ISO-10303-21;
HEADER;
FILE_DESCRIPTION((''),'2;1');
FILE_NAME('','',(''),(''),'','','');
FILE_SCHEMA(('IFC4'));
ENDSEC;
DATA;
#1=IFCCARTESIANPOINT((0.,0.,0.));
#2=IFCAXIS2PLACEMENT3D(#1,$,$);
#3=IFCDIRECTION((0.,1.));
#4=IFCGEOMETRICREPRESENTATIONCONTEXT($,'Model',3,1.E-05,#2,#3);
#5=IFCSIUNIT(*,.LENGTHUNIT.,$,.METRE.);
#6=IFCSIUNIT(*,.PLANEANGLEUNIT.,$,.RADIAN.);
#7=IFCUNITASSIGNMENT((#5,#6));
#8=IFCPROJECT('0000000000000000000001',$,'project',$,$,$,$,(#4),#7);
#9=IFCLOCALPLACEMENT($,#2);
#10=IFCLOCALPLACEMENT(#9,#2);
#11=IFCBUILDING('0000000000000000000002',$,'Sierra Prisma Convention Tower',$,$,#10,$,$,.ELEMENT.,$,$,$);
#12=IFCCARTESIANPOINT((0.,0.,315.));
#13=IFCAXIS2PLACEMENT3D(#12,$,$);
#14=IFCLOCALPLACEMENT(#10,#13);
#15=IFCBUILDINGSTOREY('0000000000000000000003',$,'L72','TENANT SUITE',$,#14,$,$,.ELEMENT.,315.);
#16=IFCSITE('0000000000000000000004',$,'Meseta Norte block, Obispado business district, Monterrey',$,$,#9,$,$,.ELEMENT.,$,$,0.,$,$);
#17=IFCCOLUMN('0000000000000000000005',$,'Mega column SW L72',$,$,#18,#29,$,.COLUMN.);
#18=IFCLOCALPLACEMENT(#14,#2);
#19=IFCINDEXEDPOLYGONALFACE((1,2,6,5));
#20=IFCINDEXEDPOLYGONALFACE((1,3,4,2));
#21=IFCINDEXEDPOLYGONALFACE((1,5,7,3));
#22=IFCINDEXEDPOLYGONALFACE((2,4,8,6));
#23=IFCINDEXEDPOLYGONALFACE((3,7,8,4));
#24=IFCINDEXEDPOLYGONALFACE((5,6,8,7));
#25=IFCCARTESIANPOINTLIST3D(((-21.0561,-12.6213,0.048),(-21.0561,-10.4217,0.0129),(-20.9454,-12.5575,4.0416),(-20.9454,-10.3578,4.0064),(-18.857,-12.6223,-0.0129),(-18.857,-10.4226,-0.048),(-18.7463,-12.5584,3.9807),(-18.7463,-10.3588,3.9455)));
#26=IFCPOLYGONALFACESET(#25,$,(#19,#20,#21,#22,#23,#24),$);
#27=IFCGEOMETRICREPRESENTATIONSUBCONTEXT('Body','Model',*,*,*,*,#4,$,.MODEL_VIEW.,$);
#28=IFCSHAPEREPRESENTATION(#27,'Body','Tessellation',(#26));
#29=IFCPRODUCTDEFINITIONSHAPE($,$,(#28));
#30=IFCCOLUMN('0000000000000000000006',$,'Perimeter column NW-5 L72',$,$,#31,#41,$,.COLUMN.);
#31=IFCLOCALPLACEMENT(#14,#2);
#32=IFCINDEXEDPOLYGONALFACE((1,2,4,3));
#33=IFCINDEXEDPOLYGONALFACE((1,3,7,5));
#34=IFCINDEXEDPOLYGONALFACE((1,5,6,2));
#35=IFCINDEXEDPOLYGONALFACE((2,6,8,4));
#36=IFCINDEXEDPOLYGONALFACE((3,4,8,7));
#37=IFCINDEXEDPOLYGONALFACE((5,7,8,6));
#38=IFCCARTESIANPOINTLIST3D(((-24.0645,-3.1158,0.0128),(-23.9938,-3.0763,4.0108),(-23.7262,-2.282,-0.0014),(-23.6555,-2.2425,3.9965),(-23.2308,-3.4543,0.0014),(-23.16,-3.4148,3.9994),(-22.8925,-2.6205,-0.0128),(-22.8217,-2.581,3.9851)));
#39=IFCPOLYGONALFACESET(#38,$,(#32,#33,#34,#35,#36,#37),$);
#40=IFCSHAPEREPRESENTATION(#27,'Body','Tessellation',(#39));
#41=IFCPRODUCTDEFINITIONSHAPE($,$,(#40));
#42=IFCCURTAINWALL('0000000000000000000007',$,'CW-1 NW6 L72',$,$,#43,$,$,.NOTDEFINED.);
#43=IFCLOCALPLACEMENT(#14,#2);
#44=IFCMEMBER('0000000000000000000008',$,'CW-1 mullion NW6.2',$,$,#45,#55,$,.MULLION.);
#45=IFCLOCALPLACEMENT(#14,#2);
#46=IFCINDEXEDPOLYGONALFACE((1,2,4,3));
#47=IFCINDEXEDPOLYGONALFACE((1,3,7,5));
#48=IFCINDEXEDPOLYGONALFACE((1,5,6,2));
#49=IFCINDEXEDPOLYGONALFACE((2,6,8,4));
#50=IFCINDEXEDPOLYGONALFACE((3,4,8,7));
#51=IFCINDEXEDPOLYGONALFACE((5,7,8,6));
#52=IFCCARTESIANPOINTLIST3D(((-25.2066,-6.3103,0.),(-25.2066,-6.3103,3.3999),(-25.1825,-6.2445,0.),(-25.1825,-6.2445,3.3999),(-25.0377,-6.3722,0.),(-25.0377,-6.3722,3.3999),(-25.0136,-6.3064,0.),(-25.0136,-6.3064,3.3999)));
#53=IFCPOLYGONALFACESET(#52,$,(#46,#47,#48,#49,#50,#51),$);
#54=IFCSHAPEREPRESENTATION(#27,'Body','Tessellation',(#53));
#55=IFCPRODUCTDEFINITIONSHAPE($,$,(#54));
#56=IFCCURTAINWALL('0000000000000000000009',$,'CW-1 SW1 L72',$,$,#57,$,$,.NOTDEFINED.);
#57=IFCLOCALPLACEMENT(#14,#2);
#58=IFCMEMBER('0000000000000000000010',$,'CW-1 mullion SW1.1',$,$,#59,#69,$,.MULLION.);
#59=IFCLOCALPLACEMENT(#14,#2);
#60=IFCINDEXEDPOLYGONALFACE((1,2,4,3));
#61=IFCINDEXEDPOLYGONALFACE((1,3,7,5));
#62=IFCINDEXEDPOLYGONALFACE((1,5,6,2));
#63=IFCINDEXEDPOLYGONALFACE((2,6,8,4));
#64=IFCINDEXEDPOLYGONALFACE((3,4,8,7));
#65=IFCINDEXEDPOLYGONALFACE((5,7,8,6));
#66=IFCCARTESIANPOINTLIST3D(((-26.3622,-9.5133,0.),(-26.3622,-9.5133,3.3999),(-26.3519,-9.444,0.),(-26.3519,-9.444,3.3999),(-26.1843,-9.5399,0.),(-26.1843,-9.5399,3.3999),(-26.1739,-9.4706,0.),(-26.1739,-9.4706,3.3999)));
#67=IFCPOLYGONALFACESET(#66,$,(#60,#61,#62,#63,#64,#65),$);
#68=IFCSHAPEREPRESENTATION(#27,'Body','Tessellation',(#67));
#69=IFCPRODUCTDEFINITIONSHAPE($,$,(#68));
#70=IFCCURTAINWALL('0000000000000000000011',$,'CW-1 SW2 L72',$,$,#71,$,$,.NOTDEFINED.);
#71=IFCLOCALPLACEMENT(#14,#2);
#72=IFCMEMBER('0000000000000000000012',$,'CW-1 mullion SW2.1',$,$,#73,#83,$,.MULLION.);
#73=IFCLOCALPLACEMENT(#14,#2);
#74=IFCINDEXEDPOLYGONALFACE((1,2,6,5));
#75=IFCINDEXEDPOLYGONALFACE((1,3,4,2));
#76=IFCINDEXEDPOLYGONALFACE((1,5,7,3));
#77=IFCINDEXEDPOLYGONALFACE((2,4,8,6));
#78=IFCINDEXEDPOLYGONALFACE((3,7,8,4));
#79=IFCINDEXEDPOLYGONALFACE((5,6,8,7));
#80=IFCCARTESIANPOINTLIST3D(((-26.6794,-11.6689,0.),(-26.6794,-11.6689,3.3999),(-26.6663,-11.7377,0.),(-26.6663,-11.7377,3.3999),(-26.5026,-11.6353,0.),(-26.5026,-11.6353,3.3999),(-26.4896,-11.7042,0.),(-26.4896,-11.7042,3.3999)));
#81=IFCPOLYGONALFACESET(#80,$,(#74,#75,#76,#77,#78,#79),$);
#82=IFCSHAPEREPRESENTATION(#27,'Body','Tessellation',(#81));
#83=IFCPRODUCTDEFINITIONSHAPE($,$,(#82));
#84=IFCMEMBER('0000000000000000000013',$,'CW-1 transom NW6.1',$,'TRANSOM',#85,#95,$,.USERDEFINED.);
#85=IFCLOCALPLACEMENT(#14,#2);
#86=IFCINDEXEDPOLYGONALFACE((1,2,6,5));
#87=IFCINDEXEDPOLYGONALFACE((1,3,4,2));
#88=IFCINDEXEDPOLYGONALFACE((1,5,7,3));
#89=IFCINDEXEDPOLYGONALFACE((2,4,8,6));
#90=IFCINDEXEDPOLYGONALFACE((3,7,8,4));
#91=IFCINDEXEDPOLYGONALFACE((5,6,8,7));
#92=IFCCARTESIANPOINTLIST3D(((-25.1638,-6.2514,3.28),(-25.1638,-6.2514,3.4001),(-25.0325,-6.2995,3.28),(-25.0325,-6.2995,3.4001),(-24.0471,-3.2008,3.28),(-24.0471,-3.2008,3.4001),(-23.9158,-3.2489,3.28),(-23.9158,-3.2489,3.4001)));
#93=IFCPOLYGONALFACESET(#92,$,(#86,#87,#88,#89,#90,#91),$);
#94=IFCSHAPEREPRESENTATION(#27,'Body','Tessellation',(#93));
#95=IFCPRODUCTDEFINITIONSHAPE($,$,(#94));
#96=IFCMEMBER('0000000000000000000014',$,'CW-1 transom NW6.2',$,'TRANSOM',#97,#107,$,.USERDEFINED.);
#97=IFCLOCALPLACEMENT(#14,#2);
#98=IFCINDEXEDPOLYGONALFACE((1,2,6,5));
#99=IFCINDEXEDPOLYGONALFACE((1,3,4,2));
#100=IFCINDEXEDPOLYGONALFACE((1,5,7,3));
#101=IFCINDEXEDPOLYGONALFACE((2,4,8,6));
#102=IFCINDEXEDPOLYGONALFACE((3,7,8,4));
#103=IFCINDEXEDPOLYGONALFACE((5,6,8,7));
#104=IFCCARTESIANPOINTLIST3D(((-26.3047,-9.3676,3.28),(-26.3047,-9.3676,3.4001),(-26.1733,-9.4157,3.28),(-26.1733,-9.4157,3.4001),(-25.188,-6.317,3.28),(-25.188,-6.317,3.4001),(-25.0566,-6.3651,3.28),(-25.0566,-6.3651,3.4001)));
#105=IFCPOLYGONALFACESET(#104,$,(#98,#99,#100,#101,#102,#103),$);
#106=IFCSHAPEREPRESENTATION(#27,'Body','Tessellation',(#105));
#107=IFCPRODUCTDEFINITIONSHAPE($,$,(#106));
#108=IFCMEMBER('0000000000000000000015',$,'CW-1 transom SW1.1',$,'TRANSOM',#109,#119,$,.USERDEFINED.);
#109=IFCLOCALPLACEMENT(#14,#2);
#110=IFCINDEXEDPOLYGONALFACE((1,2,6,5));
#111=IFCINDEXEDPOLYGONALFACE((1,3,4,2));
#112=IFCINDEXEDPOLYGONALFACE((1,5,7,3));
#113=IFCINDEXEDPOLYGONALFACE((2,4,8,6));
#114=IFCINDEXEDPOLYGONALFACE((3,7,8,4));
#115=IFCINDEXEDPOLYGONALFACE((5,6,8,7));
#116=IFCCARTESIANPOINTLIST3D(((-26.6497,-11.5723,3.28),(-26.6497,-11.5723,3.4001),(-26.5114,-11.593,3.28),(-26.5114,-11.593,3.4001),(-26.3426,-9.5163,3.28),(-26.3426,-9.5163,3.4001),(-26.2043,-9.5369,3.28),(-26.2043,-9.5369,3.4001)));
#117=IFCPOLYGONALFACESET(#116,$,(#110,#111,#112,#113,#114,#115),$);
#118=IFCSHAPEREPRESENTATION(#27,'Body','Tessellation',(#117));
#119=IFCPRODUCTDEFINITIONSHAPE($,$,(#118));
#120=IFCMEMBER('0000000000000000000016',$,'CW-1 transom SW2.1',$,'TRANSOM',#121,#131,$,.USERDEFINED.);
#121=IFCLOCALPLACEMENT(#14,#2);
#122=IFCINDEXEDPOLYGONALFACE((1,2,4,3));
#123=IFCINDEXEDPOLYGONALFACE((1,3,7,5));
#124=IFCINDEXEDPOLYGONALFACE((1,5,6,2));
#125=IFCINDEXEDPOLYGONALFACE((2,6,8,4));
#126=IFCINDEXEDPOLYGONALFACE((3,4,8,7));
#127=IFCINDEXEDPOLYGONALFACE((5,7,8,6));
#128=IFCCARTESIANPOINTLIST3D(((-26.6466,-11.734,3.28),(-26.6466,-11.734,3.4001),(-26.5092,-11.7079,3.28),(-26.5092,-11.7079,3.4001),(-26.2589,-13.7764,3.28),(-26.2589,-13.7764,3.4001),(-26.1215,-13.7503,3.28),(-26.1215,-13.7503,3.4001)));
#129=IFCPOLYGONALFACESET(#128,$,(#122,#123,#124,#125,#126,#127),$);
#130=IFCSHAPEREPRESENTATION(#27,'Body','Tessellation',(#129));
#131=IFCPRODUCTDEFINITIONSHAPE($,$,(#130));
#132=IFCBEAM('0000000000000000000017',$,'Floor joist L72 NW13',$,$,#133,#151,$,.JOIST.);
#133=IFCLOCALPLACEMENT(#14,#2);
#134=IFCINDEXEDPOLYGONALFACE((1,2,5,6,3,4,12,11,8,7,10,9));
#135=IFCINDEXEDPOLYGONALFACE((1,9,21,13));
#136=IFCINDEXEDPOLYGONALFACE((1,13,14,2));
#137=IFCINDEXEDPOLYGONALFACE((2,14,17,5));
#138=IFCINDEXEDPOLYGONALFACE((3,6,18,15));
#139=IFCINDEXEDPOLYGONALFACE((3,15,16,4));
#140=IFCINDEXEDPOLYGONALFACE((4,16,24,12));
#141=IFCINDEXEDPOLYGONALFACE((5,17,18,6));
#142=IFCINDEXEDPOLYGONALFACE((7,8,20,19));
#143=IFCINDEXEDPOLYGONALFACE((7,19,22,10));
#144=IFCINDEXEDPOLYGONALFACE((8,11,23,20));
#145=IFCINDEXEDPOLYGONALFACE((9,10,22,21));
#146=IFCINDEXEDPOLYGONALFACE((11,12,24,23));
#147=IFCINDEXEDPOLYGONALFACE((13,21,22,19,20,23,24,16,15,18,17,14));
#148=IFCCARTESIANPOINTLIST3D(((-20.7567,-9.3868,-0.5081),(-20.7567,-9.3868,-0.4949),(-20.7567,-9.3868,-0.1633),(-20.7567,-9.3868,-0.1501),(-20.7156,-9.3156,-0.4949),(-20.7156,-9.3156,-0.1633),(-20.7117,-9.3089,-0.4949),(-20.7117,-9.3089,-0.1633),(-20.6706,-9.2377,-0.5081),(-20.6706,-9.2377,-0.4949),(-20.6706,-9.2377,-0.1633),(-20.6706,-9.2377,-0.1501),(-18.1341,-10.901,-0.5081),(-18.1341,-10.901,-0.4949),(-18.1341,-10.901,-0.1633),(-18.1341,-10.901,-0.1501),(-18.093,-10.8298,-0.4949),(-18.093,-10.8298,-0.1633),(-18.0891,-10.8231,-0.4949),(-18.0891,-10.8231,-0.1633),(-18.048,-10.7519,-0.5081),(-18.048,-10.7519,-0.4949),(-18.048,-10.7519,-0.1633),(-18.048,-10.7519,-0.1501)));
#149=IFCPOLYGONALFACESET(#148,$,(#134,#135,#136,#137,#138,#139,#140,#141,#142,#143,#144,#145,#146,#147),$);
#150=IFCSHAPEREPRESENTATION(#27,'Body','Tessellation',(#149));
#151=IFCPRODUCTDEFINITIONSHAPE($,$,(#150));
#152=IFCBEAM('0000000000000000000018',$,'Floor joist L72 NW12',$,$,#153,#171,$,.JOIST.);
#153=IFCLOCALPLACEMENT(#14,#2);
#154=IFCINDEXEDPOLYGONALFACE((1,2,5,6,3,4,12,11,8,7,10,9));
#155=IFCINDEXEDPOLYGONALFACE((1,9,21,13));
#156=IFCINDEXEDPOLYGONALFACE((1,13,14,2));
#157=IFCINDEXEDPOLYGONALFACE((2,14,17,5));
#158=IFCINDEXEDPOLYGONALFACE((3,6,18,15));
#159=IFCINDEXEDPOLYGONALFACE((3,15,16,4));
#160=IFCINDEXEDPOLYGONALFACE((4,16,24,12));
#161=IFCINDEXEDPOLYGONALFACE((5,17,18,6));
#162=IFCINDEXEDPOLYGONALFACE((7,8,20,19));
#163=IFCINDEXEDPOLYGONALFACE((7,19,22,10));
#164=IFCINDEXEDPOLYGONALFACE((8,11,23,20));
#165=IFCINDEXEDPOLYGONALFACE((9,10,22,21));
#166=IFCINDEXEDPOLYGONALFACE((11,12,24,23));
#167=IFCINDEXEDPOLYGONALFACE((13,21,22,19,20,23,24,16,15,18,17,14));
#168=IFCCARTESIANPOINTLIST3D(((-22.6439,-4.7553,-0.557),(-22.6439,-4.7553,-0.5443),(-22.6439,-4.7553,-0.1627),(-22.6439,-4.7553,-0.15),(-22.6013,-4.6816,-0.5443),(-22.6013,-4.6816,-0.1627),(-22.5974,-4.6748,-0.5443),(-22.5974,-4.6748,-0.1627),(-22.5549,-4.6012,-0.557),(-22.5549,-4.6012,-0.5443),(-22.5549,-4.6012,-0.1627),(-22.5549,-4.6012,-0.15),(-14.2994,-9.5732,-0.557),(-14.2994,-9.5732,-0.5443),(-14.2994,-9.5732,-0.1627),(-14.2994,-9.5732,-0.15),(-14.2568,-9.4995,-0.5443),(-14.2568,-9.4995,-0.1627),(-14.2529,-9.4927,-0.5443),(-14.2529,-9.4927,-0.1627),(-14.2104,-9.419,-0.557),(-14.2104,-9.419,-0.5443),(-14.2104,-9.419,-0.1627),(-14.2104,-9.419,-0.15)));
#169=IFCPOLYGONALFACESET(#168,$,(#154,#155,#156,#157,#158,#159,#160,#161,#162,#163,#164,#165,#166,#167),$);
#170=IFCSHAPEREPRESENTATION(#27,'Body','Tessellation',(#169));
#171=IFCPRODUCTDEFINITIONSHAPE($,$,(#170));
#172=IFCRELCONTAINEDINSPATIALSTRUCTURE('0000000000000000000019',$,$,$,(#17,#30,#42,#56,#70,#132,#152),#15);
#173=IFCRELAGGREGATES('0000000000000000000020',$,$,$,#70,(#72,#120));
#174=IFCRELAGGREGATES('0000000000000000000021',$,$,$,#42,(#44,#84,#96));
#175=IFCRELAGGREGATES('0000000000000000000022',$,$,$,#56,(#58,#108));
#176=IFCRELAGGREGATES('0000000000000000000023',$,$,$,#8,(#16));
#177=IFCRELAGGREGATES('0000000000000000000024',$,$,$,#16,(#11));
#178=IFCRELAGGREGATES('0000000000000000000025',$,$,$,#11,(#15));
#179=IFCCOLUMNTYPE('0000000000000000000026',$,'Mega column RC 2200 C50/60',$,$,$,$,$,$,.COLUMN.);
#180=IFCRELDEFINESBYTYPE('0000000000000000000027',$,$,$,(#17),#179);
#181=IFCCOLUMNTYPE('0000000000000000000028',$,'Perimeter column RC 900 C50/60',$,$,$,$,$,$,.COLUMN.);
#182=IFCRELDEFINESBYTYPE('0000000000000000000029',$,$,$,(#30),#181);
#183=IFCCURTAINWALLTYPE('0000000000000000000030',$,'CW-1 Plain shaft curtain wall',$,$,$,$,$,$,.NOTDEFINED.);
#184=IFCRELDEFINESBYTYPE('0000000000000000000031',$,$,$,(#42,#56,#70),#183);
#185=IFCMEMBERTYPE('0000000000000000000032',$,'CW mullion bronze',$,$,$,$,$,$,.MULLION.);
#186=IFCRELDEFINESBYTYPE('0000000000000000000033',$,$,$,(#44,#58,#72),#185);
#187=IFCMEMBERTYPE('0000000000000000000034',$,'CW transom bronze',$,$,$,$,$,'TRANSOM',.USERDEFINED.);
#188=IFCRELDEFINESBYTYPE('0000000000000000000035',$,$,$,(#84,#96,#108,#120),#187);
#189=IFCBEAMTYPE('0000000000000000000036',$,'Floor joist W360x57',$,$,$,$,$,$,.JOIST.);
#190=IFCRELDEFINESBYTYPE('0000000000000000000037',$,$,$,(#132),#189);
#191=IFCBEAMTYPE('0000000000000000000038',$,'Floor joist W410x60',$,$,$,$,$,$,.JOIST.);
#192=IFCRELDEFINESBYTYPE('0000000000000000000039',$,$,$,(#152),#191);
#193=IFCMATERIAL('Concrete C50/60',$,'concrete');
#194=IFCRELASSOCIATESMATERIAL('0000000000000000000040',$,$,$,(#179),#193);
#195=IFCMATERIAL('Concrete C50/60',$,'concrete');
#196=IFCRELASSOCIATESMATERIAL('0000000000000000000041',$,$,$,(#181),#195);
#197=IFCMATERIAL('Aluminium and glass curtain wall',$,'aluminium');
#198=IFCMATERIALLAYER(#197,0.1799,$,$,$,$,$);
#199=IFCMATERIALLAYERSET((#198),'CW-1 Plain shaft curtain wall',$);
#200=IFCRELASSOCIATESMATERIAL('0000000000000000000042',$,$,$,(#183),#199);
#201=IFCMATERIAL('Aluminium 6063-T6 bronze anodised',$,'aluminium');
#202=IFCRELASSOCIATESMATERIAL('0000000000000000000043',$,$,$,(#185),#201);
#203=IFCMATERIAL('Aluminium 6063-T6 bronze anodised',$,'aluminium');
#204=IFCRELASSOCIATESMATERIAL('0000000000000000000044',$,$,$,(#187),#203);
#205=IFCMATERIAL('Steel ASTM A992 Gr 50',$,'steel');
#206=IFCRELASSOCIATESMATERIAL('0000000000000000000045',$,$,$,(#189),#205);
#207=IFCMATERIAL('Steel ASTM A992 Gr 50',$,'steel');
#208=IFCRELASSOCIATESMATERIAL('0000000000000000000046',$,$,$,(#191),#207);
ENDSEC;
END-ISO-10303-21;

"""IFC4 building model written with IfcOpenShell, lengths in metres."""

from ifc_helpers import new_model, si_unit, direction, frame, origin, origin_2d, place, context, subcontext, project, spatial, rectangle, i_section, extrude, clip, halfspace, material, layer, layer_set, material_profile, profile_set, type_object, element, aggregate, save


model = new_model("IFC4")

# Units and contexts
model_context = context("Model", 3, precision=1e-05, world=origin(), true_north=direction((0.0, 1.0)))
body_context = subcontext(model_context, "Body", "Model", "MODEL_VIEW")
ifc_project = project(units=[si_unit("LENGTHUNIT", "METRE"), si_unit("PLANEANGLEUNIT", "RADIAN")], contexts=[model_context])

# Site, building, storey
site_placement = place(None, origin())
site = spatial("IfcSite", under=ifc_project, at=site_placement, Name="Meseta Norte block, Obispado business district, Monterrey", CompositionType="ELEMENT", RefElevation=0.0)
building_placement = place(site_placement, origin())
building = spatial("IfcBuilding", under=site, at=building_placement, Name="Sierra Prisma Convention Tower", CompositionType="ELEMENT")
storey_placement = place(building_placement, frame((0.0, 0.0, 315.0)))
storey = spatial("IfcBuildingStorey", under=building, at=storey_placement, Name="L72", Description="TENANT SUITE", CompositionType="ELEMENT", Elevation=315.0)

# Columns
ifc_material_1 = material(Name="Concrete C50/60", Category="concrete")
ifc_material_profile_1 = material_profile(ifc_material_1, rectangle(XDim=2.2, YDim=2.2, at=origin_2d()), Name="Mega column RC 2200 C50/60")
ifc_profile_set_1 = profile_set([ifc_material_profile_1], Name="Concrete C50/60")
column_type_1 = type_object("IfcColumnType", Name="Mega column RC 2200 C50/60", PredefinedType="COLUMN", material=ifc_profile_set_1)
column_1_placement = place(storey_placement, frame((-19.9565, -11.522, 0.0), z_axis=(0.027696, 0.015983, 0.999489), x_axis=(0.999616, -0.000443, -0.027692)))
element("IfcColumn", 1, at=column_1_placement, inside=storey, type_object=column_type_1, Name="Mega column SW L72", PredefinedType="COLUMN", context=body_context, shape_type="SweptSolid", body=[
    clip(extrude(rectangle(XDim=2.2, YDim=2.2, at=origin_2d()), origin(), (0.0, 0.0, 1.0), 4.002), halfspace(frame((0.0, 0.0, 3.9956)), False)),
])
ifc_material_2 = material(Name="Concrete C50/60", Category="concrete")
ifc_material_profile_2 = material_profile(ifc_material_2, rectangle(XDim=0.8999, YDim=0.8999, at=origin_2d()), Name="Perimeter column RC 900 C50/60")
ifc_profile_set_2 = profile_set([ifc_material_profile_2], Name="Concrete C50/60")
column_type_2 = type_object("IfcColumnType", Name="Perimeter column RC 900 C50/60", PredefinedType="COLUMN", material=ifc_profile_set_2)
column_2_placement = place(storey_placement, frame((-23.4785, -2.8682, 0.0), z_axis=(0.017697, 0.009886, 0.999795), x_axis=(0.375915, 0.926519, -0.015815)))
element("IfcColumn", 2, at=column_2_placement, inside=storey, type_object=column_type_2, Name="Perimeter column NW-5 L72", PredefinedType="COLUMN", context=body_context, shape_type="SweptSolid", body=[
    clip(extrude(rectangle(XDim=0.8999, YDim=0.8999, at=origin_2d()), origin(), (0.0, 0.0, 1.0), 4.0007), halfspace(frame((0.0, 0.0, 3.9988)), False)),
])

# Curtain walls, members
ifc_material_3 = material(Name="Aluminium and glass curtain wall", Category="aluminium")
ifc_layer_1 = layer(ifc_material_3, 0.1799)
ifc_layer_set_1 = layer_set([ifc_layer_1], Name="CW-1 Plain shaft curtain wall")
curtain_wall_type = type_object("IfcCurtainWallType", Name="CW-1 Plain shaft curtain wall", PredefinedType="NOTDEFINED", material=ifc_layer_set_1)
curtain_wall_1_placement = place(storey_placement, origin())
curtain_wall_1 = element("IfcCurtainWall", 3, at=curtain_wall_1_placement, inside=storey, type_object=curtain_wall_type, Name="CW-1 NW6 L72", PredefinedType="NOTDEFINED")
ifc_material_4 = material(Name="Aluminium 6063-T6 bronze anodised", Category="aluminium")
ifc_material_profile_3 = material_profile(ifc_material_4, rectangle(XDim=0.1799, YDim=0.0701, at=origin_2d()), Name="ALU MULLION 70x180")
ifc_profile_set_3 = profile_set([ifc_material_profile_3], Name="Aluminium 6063-T6 bronze anodised")
member_type_1 = type_object("IfcMemberType", Name="CW mullion bronze", PredefinedType="MULLION", material=ifc_profile_set_3)
member_1_placement = place(storey_placement, frame((-25.1101, -6.3083, 0.0), z_axis=(0.0, 0.0, 1.0), x_axis=(0.93906, -0.343753, 0.0)))
member_1 = element("IfcMember", 4, at=member_1_placement, type_object=member_type_1, Name="CW-1 mullion NW6.2", PredefinedType="MULLION", context=body_context, shape_type="SweptSolid", body=[
    extrude(rectangle(XDim=0.1799, YDim=0.0701, at=origin_2d()), origin(), (0.0, 0.0, 1.0), 3.3999),
])
curtain_wall_2_placement = place(storey_placement, origin())
curtain_wall_2 = element("IfcCurtainWall", 5, at=curtain_wall_2_placement, inside=storey, type_object=curtain_wall_type, Name="CW-1 SW1 L72", PredefinedType="NOTDEFINED")
member_2_placement = place(storey_placement, frame((-26.2681, -9.4919, 0.0), z_axis=(0.0, 0.0, 1.0), x_axis=(0.989012, -0.147834, 0.0)))
member_2 = element("IfcMember", 6, at=member_2_placement, type_object=member_type_1, Name="CW-1 mullion SW1.1", PredefinedType="MULLION", context=body_context, shape_type="SweptSolid", body=[
    extrude(rectangle(XDim=0.1799, YDim=0.0701, at=origin_2d()), origin(), (0.0, 0.0, 1.0), 3.3999),
])
curtain_wall_3_placement = place(storey_placement, origin())
curtain_wall_3 = element("IfcCurtainWall", 7, at=curtain_wall_3_placement, inside=storey, type_object=curtain_wall_type, Name="CW-1 SW2 L72", PredefinedType="NOTDEFINED")
member_3_placement = place(storey_placement, frame((-26.5845, -11.6865, 0.0), z_axis=(0.0, 0.0, 1.0), x_axis=(0.982453, 0.186512, 0.0)))
member_3 = element("IfcMember", 8, at=member_3_placement, type_object=member_type_1, Name="CW-1 mullion SW2.1", PredefinedType="MULLION", context=body_context, shape_type="SweptSolid", body=[
    extrude(rectangle(XDim=0.1799, YDim=0.0701, at=origin_2d()), origin(), (0.0, 0.0, 1.0), 3.3999),
])

# Members
ifc_material_5 = material(Name="Aluminium 6063-T6 bronze anodised", Category="aluminium")
ifc_material_profile_4 = material_profile(ifc_material_5, rectangle(XDim=0.1399, YDim=0.1201, at=origin_2d()), Name="ALU TRANSOM 120x140")
ifc_profile_set_4 = profile_set([ifc_material_profile_4], Name="Aluminium 6063-T6 bronze anodised")
member_type_2 = type_object("IfcMemberType", Name="CW transom bronze", ElementType="TRANSOM", PredefinedType="USERDEFINED", material=ifc_profile_set_4)
member_4_placement = place(storey_placement, frame((-23.9814, -3.2249, 3.3401), z_axis=(-0.343758, -0.939058, 0.0), x_axis=(0.939058, -0.343758, 0.0)))
member_4 = element("IfcMember", 9, at=member_4_placement, type_object=member_type_2, Name="CW-1 transom NW6.1", ObjectType="TRANSOM", PredefinedType="USERDEFINED", context=body_context, shape_type="SweptSolid", body=[
    extrude(rectangle(XDim=0.1399, YDim=0.1201, at=origin_2d()), origin(), (0.0, 0.0, 1.0), 3.2485),
])
member_5_placement = place(storey_placement, frame((-25.1223, -6.3411, 3.3401), z_axis=(-0.343758, -0.939058, 0.0), x_axis=(0.939058, -0.343758, 0.0)))
member_5 = element("IfcMember", 10, at=member_5_placement, type_object=member_type_2, Name="CW-1 transom NW6.2", ObjectType="TRANSOM", PredefinedType="USERDEFINED", context=body_context, shape_type="SweptSolid", body=[
    extrude(rectangle(XDim=0.1399, YDim=0.1201, at=origin_2d()), origin(), (0.0, 0.0, 1.0), 3.2485),
])
member_6_placement = place(storey_placement, frame((-26.2734, -9.5266, 3.3401), z_axis=(-0.147732, -0.989027, 0.0), x_axis=(0.989027, -0.147732, 0.0)))
member_6 = element("IfcMember", 11, at=member_6_placement, type_object=member_type_2, Name="CW-1 transom SW1.1", ObjectType="TRANSOM", PredefinedType="USERDEFINED", context=body_context, shape_type="SweptSolid", body=[
    extrude(rectangle(XDim=0.1399, YDim=0.1201, at=origin_2d()), origin(), (0.0, 0.0, 1.0), 2.0789),
])
member_7_placement = place(storey_placement, frame((-26.5779, -11.7209, 3.3401), z_axis=(0.186486, -0.982458, 0.0), x_axis=(0.982458, 0.186486, 0.0)))
member_7 = element("IfcMember", 12, at=member_7_placement, type_object=member_type_2, Name="CW-1 transom SW2.1", ObjectType="TRANSOM", PredefinedType="USERDEFINED", context=body_context, shape_type="SweptSolid", body=[
    extrude(rectangle(XDim=0.1399, YDim=0.1201, at=origin_2d()), origin(), (0.0, 0.0, 1.0), 2.0789),
])
aggregate(curtain_wall_3, [member_3, member_7])

# Beams
ifc_material_6 = material(Name="Steel ASTM A992 Gr 50", Category="steel")
ifc_material_profile_5 = material_profile(ifc_material_6, i_section(OverallWidth=0.1721, OverallDepth=0.3579, WebThickness=0.0078, FlangeThickness=0.0132, at=origin_2d()), Name="W360x57")
ifc_profile_set_5 = profile_set([ifc_material_profile_5], Name="Steel ASTM A992 Gr 50")
beam_type_1 = type_object("IfcBeamType", Name="Floor joist W360x57", PredefinedType="JOIST", material=ifc_profile_set_5)
beam_1_placement = place(storey_placement, frame((-20.7136, -9.3123, -0.3291), z_axis=(0.866022, -0.500006, 0.0), x_axis=(0.500006, 0.866022, 0.0)))
element("IfcBeam", 13, at=beam_1_placement, inside=storey, type_object=beam_type_1, Name="Floor joist L72 NW13", PredefinedType="JOIST", context=body_context, shape_type="SweptSolid", body=[
    extrude(i_section(OverallWidth=0.1721, OverallDepth=0.3579, WebThickness=0.0078, FlangeThickness=0.0132, at=origin_2d()), origin(), (0.0, 0.0, 1.0), 3.0283),
])
ifc_material_7 = material(Name="Steel ASTM A992 Gr 50", Category="steel")
ifc_material_profile_6 = material_profile(ifc_material_7, i_section(OverallWidth=0.178, OverallDepth=0.407, WebThickness=0.0078, FlangeThickness=0.0127, at=origin_2d()), Name="W410x60")
ifc_profile_set_6 = profile_set([ifc_material_profile_6], Name="Steel ASTM A992 Gr 50")
beam_type_2 = type_object("IfcBeamType", Name="Floor joist W410x60", PredefinedType="JOIST", material=ifc_profile_set_6)
beam_2_placement = place(storey_placement, frame((-22.5994, -4.6782, -0.3535), z_axis=(0.866017, -0.500014, 0.0), x_axis=(0.500014, 0.866017, 0.0)))
element("IfcBeam", 14, at=beam_2_placement, inside=storey, type_object=beam_type_2, Name="Floor joist L72 NW12", PredefinedType="JOIST", context=body_context, shape_type="SweptSolid", body=[
    extrude(i_section(OverallWidth=0.178, OverallDepth=0.407, WebThickness=0.0078, FlangeThickness=0.0127, at=origin_2d()), origin(), (0.0, 0.0, 1.0), 9.6355),
])

aggregate(curtain_wall_1, [member_1, member_4, member_5])
aggregate(curtain_wall_2, [member_2, member_6])

save(model, "model.ifc")
